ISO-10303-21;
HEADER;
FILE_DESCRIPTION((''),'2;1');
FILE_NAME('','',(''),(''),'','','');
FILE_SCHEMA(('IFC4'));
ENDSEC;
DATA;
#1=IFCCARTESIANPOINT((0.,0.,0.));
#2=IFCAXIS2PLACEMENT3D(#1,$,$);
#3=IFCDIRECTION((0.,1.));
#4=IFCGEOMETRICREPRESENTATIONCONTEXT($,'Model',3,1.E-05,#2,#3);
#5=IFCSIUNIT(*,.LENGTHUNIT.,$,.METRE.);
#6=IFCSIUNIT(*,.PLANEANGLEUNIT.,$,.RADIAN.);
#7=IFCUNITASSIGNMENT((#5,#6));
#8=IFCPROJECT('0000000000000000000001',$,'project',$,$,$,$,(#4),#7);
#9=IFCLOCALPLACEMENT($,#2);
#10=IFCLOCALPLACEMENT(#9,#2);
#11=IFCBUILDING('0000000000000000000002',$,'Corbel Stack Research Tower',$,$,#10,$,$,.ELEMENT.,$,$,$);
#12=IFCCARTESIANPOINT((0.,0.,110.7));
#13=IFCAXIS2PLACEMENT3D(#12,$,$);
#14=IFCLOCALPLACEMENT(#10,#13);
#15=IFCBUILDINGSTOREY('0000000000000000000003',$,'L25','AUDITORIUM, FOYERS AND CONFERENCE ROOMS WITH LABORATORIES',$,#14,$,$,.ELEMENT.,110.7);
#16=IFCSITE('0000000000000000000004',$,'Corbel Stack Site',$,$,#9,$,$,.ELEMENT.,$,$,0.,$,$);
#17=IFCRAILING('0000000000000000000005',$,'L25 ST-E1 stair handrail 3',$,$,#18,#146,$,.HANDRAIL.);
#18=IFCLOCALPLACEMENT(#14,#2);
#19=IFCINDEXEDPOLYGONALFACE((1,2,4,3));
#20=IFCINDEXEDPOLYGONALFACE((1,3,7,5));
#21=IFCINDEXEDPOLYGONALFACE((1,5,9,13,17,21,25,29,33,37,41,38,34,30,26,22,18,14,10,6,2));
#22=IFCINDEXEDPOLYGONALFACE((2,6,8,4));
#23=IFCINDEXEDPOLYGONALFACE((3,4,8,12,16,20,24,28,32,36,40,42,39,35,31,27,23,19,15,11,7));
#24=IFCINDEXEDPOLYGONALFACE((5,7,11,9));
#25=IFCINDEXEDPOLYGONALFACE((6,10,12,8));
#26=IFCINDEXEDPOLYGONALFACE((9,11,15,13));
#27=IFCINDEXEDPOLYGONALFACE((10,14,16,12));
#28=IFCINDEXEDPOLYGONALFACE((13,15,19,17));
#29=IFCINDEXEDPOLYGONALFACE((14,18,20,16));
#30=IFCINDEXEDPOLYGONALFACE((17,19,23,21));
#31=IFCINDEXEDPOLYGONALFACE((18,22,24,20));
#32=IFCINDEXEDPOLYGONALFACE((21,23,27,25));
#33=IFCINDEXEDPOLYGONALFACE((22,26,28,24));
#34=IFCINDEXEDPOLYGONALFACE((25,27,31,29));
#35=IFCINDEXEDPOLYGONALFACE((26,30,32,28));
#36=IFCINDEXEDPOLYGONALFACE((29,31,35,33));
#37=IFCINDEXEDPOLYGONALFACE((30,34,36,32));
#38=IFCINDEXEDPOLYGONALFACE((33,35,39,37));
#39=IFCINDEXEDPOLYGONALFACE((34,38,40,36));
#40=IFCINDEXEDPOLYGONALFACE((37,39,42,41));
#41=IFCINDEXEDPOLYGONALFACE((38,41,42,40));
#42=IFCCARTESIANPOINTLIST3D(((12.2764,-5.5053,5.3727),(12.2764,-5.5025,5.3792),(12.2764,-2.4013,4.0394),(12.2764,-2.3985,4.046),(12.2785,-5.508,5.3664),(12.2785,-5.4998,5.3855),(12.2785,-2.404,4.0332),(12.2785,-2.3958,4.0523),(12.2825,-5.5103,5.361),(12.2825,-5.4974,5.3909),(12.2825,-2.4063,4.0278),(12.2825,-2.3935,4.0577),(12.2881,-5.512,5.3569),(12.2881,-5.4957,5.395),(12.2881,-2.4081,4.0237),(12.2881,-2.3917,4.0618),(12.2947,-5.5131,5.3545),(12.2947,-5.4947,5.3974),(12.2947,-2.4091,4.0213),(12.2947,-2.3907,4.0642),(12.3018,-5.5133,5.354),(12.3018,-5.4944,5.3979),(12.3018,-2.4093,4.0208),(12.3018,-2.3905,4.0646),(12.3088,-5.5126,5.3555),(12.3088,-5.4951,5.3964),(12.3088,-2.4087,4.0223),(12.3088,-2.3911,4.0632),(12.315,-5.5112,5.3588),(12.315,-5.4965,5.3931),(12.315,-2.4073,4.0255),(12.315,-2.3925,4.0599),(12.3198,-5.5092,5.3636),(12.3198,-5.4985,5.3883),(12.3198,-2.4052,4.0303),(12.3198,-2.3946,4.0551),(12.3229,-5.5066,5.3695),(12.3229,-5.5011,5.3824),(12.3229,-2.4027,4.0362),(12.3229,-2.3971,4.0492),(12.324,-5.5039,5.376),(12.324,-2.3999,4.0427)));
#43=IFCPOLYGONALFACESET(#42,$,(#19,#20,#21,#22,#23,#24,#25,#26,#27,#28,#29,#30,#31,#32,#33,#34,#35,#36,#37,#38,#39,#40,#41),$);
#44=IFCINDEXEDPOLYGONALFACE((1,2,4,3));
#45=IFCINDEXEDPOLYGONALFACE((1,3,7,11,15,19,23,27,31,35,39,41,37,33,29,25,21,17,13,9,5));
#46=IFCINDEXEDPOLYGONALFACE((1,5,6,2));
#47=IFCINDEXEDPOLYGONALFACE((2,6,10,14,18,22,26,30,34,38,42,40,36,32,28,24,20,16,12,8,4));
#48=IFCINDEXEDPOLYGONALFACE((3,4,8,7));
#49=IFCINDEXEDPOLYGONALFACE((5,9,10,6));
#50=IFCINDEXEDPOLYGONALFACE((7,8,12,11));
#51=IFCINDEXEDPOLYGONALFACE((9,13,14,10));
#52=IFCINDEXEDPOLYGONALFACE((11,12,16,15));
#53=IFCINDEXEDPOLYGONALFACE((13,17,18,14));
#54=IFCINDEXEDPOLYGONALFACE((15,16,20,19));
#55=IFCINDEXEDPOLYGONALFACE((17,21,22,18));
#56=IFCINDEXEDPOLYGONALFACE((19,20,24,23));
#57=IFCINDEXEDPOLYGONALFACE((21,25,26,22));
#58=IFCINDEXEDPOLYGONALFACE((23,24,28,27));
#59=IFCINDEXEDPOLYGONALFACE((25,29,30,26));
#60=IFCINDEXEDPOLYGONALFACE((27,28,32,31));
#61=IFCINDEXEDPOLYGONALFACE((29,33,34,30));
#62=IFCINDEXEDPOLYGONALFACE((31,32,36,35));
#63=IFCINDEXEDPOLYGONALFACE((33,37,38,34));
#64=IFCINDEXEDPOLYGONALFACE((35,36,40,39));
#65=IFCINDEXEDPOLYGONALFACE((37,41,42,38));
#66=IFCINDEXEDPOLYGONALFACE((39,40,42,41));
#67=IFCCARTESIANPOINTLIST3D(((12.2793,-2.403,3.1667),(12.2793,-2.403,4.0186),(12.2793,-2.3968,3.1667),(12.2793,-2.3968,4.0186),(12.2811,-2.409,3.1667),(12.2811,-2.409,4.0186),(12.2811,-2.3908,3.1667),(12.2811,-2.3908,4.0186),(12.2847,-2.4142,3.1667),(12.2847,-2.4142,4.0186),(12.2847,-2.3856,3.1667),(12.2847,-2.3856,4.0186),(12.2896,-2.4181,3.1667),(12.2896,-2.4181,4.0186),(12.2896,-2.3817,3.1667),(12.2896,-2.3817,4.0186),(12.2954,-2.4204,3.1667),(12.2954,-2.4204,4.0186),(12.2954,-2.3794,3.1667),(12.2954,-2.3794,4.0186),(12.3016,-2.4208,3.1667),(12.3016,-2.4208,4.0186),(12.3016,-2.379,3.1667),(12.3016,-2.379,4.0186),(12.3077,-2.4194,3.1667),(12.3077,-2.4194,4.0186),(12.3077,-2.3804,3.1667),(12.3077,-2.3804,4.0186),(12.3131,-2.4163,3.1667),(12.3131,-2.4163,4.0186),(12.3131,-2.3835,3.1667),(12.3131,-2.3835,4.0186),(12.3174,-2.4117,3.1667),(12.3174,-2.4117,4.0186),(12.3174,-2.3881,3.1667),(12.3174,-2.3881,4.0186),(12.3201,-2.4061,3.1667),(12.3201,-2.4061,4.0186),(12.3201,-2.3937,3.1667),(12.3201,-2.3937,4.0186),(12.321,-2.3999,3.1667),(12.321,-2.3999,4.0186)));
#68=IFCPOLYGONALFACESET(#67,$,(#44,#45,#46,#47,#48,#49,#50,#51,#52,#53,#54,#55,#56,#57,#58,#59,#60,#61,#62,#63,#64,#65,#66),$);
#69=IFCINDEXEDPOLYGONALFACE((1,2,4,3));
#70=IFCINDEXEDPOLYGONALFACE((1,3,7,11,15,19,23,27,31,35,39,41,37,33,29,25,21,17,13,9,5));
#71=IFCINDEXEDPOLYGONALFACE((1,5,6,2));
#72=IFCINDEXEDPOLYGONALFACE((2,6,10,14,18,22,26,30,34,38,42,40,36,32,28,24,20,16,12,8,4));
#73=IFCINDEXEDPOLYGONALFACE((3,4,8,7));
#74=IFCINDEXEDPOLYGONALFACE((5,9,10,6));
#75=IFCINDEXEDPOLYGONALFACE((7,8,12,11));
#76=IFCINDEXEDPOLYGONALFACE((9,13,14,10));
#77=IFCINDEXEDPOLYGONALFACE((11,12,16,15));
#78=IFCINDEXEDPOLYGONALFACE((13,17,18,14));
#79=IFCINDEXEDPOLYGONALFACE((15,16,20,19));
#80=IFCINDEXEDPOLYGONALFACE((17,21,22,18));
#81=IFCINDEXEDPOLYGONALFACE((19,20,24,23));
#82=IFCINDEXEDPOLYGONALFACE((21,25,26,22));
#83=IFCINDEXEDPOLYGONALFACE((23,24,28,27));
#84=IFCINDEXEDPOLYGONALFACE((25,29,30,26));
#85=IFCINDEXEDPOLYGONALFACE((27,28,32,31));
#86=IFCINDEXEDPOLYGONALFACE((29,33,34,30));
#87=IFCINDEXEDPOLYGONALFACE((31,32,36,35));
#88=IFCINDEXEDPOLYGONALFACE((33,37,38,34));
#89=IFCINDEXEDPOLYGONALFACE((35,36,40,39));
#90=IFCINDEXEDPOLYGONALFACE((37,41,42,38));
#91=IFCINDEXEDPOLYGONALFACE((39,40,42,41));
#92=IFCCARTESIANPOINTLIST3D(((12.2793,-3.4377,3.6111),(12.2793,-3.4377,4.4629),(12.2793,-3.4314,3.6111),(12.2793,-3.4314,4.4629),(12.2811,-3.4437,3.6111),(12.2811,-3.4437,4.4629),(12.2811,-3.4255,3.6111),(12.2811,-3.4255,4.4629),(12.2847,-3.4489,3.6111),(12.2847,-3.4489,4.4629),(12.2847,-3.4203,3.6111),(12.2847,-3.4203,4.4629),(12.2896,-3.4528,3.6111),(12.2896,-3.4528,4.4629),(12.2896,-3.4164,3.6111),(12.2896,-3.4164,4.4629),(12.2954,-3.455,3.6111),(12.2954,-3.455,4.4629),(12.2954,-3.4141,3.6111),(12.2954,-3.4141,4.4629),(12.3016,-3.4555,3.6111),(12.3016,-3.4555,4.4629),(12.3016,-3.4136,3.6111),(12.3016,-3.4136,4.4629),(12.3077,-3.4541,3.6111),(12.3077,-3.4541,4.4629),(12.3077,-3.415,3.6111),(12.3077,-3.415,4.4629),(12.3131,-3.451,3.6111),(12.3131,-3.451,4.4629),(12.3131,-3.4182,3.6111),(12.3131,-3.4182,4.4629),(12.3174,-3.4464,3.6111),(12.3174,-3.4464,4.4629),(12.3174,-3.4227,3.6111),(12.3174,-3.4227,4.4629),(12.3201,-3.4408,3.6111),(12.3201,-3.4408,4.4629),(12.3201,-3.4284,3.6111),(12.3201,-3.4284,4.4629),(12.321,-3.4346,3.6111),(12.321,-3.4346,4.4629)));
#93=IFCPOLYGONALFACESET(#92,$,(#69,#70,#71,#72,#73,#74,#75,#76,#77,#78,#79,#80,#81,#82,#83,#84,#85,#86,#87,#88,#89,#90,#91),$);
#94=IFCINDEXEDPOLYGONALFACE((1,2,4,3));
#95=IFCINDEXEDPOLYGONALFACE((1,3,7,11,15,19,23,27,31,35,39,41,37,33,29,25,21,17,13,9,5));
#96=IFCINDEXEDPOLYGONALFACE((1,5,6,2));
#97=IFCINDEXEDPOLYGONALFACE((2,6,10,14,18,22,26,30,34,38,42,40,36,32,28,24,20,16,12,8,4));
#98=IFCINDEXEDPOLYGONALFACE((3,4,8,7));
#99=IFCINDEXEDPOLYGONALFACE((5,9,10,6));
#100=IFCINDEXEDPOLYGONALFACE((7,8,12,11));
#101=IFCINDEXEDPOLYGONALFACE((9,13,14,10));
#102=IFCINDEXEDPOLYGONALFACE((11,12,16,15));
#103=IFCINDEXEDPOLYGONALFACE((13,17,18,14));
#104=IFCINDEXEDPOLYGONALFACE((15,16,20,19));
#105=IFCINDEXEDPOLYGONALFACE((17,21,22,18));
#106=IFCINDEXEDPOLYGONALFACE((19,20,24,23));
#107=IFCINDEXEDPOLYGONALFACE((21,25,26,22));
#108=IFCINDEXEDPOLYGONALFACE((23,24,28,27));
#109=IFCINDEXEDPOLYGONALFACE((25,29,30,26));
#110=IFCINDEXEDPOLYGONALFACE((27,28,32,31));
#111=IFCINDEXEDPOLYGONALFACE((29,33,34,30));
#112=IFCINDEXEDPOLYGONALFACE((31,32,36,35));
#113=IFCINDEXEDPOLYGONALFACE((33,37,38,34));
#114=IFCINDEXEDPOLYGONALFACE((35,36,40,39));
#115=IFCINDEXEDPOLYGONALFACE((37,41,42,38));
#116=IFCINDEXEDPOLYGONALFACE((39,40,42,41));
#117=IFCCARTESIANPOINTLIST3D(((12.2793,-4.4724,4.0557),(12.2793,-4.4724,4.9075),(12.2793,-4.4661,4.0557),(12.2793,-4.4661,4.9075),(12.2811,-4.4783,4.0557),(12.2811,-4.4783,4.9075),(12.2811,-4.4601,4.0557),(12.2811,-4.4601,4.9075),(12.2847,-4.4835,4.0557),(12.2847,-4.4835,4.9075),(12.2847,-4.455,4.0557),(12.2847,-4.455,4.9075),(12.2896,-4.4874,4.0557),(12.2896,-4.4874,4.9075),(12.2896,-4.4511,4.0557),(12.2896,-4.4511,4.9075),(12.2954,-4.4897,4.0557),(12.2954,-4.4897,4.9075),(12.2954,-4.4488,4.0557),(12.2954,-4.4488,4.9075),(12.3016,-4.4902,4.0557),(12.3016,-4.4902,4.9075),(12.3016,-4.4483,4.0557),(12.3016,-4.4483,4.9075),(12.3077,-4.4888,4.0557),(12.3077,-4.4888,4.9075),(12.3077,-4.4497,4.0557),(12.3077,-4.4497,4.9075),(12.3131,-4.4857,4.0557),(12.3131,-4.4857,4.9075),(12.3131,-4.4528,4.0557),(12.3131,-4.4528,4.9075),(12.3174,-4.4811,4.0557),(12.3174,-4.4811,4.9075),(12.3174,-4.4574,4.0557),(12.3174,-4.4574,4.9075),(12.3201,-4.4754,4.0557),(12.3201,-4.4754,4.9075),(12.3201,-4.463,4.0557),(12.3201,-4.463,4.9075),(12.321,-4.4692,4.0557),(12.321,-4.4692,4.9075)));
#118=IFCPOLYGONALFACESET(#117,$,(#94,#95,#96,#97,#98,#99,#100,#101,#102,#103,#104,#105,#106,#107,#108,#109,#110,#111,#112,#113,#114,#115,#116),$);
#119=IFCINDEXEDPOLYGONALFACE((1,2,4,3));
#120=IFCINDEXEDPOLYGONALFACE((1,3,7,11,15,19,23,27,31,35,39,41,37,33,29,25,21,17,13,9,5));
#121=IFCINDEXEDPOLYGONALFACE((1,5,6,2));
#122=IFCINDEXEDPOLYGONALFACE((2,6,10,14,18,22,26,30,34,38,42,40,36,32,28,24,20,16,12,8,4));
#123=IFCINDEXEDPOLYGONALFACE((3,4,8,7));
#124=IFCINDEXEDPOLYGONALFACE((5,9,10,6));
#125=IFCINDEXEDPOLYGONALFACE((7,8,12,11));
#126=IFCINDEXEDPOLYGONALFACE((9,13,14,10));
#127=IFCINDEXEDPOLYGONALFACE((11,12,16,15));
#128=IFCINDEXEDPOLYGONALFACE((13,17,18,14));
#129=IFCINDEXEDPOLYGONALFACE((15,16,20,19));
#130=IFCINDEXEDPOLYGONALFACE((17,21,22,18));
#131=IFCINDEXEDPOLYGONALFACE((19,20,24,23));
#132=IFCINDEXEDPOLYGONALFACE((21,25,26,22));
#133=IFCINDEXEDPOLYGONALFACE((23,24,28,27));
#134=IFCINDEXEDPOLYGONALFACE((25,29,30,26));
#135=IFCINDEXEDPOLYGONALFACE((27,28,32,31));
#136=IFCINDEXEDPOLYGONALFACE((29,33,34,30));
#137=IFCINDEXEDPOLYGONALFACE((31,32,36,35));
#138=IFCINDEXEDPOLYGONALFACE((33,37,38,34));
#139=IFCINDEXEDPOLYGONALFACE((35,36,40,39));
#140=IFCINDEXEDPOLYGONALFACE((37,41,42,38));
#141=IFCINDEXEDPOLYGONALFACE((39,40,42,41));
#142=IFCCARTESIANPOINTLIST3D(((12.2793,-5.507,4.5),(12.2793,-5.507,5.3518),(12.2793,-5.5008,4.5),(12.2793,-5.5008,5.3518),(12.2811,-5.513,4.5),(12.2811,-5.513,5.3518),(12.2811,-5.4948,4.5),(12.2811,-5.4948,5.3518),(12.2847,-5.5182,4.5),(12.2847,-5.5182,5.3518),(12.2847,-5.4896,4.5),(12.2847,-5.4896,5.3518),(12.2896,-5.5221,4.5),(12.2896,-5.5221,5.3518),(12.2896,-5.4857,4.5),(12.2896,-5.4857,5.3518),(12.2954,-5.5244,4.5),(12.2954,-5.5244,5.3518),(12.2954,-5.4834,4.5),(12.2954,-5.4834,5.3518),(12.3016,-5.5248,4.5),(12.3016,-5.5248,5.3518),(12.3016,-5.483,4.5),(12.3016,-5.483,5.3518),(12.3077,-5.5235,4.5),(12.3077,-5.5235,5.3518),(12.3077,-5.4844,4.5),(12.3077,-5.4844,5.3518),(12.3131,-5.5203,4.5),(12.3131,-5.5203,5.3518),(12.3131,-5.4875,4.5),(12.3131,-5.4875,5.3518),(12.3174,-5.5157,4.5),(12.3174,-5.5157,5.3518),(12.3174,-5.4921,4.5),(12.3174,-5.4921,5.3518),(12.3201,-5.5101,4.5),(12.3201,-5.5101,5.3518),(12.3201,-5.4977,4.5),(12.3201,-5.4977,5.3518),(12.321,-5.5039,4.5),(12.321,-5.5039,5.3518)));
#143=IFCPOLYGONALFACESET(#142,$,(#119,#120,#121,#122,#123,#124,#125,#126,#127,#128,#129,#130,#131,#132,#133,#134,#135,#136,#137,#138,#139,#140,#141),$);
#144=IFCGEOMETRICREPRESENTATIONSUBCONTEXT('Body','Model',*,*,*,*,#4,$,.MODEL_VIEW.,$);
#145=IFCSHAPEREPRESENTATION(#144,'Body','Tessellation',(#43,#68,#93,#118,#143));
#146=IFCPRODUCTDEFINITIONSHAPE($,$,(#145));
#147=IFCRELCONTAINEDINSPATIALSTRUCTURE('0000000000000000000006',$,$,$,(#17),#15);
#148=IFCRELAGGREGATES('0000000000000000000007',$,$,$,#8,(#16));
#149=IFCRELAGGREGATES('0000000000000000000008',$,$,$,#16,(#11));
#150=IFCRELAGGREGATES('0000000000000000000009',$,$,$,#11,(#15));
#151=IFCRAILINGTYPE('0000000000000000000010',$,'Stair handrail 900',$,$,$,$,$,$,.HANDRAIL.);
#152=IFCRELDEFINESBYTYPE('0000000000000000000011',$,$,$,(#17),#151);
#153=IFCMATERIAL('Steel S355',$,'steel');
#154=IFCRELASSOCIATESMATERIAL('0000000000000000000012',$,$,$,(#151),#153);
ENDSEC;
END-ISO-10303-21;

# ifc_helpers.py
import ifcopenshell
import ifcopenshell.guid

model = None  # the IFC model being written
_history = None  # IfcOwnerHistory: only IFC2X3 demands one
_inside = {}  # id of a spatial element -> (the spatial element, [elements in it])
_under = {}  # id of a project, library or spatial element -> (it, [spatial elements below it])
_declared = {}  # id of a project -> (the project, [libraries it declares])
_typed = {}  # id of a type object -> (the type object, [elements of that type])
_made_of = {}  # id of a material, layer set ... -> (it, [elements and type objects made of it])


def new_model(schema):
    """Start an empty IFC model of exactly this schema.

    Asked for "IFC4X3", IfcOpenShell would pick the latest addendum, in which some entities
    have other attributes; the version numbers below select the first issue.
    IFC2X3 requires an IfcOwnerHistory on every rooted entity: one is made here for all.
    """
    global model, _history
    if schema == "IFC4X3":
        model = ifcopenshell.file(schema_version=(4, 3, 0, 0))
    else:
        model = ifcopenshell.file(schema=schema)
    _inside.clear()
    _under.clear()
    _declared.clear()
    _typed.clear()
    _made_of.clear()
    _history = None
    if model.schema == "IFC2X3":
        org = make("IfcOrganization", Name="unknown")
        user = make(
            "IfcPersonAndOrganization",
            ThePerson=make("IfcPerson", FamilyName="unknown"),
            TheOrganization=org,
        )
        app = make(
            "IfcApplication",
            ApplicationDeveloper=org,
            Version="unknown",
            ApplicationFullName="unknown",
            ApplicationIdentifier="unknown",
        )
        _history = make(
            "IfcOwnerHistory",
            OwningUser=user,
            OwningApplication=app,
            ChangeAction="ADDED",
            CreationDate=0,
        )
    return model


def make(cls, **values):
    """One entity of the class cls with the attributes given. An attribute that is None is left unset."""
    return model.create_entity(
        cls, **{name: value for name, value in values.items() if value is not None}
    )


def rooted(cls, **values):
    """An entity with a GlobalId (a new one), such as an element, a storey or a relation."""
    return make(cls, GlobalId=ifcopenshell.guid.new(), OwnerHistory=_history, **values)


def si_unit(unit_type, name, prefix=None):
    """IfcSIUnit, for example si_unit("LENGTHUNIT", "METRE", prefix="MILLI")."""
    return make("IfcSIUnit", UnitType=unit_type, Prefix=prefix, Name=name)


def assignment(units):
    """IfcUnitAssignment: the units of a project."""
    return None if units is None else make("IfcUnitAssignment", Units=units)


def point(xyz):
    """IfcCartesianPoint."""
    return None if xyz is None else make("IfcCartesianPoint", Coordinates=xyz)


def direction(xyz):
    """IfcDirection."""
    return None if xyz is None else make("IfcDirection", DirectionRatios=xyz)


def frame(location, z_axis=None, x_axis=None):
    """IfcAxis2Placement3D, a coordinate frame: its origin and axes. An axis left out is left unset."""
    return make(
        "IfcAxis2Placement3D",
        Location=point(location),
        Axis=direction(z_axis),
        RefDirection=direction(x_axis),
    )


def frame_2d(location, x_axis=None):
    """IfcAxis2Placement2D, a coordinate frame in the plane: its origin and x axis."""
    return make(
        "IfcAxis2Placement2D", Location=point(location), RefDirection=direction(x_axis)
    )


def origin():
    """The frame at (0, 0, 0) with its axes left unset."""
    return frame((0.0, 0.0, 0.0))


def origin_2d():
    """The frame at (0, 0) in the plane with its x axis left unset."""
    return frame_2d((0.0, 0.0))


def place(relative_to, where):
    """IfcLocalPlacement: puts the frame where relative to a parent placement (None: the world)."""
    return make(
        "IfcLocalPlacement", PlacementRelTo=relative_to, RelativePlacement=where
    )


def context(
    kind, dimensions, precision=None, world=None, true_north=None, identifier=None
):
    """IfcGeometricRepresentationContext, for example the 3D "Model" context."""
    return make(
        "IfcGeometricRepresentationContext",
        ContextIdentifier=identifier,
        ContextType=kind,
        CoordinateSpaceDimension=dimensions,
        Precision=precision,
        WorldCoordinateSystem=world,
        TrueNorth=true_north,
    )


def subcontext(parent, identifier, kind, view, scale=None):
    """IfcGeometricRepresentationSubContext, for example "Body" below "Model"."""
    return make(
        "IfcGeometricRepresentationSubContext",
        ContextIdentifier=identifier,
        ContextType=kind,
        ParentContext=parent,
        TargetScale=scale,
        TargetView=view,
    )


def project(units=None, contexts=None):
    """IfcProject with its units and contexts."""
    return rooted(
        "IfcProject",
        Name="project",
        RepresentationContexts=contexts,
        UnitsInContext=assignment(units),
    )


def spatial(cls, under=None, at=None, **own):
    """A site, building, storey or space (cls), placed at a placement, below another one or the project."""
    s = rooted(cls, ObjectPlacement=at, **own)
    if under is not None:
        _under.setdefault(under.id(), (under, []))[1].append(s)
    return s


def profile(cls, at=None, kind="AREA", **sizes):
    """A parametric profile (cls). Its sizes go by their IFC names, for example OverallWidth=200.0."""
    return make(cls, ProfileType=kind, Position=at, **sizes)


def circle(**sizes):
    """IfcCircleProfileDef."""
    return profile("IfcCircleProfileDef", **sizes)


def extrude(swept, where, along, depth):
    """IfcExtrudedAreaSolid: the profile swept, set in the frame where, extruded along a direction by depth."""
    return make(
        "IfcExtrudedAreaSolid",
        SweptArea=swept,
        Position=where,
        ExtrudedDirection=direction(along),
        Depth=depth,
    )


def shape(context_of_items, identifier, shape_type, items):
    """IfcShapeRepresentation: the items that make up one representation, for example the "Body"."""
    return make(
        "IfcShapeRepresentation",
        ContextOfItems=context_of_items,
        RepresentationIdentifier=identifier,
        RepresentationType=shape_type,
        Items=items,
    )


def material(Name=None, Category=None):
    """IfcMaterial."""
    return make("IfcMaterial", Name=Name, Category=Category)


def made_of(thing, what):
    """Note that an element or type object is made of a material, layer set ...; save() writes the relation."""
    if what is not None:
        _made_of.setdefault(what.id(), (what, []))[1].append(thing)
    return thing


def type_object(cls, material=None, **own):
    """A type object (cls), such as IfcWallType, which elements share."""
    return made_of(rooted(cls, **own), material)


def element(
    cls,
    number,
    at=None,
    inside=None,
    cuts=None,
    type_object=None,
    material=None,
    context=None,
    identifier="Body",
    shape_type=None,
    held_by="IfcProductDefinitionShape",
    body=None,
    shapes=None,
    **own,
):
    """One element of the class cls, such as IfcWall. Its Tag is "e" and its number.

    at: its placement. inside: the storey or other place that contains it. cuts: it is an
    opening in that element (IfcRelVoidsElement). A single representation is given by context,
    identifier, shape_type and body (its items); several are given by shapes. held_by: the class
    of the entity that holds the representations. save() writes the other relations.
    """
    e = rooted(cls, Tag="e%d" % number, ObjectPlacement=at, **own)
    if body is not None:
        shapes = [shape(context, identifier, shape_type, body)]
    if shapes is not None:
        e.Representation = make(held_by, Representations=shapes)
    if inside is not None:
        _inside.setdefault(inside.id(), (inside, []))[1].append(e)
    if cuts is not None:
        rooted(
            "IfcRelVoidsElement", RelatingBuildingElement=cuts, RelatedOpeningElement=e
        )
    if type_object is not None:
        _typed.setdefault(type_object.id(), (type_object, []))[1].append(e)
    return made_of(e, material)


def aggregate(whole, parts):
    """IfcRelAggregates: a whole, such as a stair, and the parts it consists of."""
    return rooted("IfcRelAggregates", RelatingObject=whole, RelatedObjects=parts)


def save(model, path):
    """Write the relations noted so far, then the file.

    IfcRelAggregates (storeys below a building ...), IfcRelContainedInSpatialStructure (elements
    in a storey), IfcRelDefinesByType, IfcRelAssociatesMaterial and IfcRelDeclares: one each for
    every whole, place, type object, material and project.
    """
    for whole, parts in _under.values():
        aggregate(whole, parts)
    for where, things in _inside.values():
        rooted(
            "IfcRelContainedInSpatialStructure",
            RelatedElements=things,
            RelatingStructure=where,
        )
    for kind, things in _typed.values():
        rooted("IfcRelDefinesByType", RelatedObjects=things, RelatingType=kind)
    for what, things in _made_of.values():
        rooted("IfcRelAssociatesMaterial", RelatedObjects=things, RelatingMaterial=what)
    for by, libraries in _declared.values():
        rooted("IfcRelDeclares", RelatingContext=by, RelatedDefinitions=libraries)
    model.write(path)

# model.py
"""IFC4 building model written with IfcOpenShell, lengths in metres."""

from ifc_helpers import new_model, si_unit, direction, frame, origin, origin_2d, place, context, subcontext, project, spatial, circle, extrude, material, type_object, element, save


model = new_model("IFC4")

# Units and contexts
model_context = context("Model", 3, precision=1e-05, world=origin(), true_north=direction((0.0, 1.0)))
body_context = subcontext(model_context, "Body", "Model", "MODEL_VIEW")
ifc_project = project(units=[si_unit("LENGTHUNIT", "METRE"), si_unit("PLANEANGLEUNIT", "RADIAN")], contexts=[model_context])

# Site, building, storey
site_placement = place(None, origin())
site = spatial("IfcSite", under=ifc_project, at=site_placement, Name="Corbel Stack Site", CompositionType="ELEMENT", RefElevation=0.0)
building_placement = place(site_placement, origin())
building = spatial("IfcBuilding", under=site, at=building_placement, Name="Corbel Stack Research Tower", CompositionType="ELEMENT")
storey_placement = place(building_placement, frame((0.0, 0.0, 110.7)))
storey = spatial("IfcBuildingStorey", under=building, at=storey_placement, Name="L25", Description="AUDITORIUM, FOYERS AND CONFERENCE ROOMS WITH LABORATORIES", CompositionType="ELEMENT", Elevation=110.7)

# Railing
ifc_material_1 = material(Name="Steel S355", Category="steel")
railing_type_1 = type_object("IfcRailingType", Name="Stair handrail 900", PredefinedType="HANDRAIL", material=ifc_material_1)
for number, where, name in (
    (1, (12.3, -2.3999, 3.1667), "L25 ST-E1 stair handrail 3"),
):
    element("IfcRailing", number, at=place(storey_placement, frame(where)), inside=storey, type_object=railing_type_1, Name=name, PredefinedType="HANDRAIL", context=body_context, shape_type="SweptSolid", body=[
        extrude(circle(Radius=0.0239, at=origin_2d()), frame((0.0, 0.0, 0.876), z_axis=(0.0, -0.918827, 0.394661), x_axis=(1.0, 0.0, 0.0)), (0.0, 0.0, 1.0), 3.3782),
        extrude(circle(Radius=0.021, at=origin_2d()), origin(), (0.0, 0.0, 1.0), 0.8518),
        extrude(circle(Radius=0.021, at=origin_2d()), frame((0.0, -1.0347, 0.4443)), (0.0, 0.0, 1.0), 0.8518),
        extrude(circle(Radius=0.021, at=origin_2d()), frame((0.0, -2.0693, 0.8889)), (0.0, 0.0, 1.0), 0.8518),
        extrude(circle(Radius=0.021, at=origin_2d()), frame((0.0, -3.104, 1.3333)), (0.0, 0.0, 1.0), 0.8518),
    ])

save(model, "model.ifc")
